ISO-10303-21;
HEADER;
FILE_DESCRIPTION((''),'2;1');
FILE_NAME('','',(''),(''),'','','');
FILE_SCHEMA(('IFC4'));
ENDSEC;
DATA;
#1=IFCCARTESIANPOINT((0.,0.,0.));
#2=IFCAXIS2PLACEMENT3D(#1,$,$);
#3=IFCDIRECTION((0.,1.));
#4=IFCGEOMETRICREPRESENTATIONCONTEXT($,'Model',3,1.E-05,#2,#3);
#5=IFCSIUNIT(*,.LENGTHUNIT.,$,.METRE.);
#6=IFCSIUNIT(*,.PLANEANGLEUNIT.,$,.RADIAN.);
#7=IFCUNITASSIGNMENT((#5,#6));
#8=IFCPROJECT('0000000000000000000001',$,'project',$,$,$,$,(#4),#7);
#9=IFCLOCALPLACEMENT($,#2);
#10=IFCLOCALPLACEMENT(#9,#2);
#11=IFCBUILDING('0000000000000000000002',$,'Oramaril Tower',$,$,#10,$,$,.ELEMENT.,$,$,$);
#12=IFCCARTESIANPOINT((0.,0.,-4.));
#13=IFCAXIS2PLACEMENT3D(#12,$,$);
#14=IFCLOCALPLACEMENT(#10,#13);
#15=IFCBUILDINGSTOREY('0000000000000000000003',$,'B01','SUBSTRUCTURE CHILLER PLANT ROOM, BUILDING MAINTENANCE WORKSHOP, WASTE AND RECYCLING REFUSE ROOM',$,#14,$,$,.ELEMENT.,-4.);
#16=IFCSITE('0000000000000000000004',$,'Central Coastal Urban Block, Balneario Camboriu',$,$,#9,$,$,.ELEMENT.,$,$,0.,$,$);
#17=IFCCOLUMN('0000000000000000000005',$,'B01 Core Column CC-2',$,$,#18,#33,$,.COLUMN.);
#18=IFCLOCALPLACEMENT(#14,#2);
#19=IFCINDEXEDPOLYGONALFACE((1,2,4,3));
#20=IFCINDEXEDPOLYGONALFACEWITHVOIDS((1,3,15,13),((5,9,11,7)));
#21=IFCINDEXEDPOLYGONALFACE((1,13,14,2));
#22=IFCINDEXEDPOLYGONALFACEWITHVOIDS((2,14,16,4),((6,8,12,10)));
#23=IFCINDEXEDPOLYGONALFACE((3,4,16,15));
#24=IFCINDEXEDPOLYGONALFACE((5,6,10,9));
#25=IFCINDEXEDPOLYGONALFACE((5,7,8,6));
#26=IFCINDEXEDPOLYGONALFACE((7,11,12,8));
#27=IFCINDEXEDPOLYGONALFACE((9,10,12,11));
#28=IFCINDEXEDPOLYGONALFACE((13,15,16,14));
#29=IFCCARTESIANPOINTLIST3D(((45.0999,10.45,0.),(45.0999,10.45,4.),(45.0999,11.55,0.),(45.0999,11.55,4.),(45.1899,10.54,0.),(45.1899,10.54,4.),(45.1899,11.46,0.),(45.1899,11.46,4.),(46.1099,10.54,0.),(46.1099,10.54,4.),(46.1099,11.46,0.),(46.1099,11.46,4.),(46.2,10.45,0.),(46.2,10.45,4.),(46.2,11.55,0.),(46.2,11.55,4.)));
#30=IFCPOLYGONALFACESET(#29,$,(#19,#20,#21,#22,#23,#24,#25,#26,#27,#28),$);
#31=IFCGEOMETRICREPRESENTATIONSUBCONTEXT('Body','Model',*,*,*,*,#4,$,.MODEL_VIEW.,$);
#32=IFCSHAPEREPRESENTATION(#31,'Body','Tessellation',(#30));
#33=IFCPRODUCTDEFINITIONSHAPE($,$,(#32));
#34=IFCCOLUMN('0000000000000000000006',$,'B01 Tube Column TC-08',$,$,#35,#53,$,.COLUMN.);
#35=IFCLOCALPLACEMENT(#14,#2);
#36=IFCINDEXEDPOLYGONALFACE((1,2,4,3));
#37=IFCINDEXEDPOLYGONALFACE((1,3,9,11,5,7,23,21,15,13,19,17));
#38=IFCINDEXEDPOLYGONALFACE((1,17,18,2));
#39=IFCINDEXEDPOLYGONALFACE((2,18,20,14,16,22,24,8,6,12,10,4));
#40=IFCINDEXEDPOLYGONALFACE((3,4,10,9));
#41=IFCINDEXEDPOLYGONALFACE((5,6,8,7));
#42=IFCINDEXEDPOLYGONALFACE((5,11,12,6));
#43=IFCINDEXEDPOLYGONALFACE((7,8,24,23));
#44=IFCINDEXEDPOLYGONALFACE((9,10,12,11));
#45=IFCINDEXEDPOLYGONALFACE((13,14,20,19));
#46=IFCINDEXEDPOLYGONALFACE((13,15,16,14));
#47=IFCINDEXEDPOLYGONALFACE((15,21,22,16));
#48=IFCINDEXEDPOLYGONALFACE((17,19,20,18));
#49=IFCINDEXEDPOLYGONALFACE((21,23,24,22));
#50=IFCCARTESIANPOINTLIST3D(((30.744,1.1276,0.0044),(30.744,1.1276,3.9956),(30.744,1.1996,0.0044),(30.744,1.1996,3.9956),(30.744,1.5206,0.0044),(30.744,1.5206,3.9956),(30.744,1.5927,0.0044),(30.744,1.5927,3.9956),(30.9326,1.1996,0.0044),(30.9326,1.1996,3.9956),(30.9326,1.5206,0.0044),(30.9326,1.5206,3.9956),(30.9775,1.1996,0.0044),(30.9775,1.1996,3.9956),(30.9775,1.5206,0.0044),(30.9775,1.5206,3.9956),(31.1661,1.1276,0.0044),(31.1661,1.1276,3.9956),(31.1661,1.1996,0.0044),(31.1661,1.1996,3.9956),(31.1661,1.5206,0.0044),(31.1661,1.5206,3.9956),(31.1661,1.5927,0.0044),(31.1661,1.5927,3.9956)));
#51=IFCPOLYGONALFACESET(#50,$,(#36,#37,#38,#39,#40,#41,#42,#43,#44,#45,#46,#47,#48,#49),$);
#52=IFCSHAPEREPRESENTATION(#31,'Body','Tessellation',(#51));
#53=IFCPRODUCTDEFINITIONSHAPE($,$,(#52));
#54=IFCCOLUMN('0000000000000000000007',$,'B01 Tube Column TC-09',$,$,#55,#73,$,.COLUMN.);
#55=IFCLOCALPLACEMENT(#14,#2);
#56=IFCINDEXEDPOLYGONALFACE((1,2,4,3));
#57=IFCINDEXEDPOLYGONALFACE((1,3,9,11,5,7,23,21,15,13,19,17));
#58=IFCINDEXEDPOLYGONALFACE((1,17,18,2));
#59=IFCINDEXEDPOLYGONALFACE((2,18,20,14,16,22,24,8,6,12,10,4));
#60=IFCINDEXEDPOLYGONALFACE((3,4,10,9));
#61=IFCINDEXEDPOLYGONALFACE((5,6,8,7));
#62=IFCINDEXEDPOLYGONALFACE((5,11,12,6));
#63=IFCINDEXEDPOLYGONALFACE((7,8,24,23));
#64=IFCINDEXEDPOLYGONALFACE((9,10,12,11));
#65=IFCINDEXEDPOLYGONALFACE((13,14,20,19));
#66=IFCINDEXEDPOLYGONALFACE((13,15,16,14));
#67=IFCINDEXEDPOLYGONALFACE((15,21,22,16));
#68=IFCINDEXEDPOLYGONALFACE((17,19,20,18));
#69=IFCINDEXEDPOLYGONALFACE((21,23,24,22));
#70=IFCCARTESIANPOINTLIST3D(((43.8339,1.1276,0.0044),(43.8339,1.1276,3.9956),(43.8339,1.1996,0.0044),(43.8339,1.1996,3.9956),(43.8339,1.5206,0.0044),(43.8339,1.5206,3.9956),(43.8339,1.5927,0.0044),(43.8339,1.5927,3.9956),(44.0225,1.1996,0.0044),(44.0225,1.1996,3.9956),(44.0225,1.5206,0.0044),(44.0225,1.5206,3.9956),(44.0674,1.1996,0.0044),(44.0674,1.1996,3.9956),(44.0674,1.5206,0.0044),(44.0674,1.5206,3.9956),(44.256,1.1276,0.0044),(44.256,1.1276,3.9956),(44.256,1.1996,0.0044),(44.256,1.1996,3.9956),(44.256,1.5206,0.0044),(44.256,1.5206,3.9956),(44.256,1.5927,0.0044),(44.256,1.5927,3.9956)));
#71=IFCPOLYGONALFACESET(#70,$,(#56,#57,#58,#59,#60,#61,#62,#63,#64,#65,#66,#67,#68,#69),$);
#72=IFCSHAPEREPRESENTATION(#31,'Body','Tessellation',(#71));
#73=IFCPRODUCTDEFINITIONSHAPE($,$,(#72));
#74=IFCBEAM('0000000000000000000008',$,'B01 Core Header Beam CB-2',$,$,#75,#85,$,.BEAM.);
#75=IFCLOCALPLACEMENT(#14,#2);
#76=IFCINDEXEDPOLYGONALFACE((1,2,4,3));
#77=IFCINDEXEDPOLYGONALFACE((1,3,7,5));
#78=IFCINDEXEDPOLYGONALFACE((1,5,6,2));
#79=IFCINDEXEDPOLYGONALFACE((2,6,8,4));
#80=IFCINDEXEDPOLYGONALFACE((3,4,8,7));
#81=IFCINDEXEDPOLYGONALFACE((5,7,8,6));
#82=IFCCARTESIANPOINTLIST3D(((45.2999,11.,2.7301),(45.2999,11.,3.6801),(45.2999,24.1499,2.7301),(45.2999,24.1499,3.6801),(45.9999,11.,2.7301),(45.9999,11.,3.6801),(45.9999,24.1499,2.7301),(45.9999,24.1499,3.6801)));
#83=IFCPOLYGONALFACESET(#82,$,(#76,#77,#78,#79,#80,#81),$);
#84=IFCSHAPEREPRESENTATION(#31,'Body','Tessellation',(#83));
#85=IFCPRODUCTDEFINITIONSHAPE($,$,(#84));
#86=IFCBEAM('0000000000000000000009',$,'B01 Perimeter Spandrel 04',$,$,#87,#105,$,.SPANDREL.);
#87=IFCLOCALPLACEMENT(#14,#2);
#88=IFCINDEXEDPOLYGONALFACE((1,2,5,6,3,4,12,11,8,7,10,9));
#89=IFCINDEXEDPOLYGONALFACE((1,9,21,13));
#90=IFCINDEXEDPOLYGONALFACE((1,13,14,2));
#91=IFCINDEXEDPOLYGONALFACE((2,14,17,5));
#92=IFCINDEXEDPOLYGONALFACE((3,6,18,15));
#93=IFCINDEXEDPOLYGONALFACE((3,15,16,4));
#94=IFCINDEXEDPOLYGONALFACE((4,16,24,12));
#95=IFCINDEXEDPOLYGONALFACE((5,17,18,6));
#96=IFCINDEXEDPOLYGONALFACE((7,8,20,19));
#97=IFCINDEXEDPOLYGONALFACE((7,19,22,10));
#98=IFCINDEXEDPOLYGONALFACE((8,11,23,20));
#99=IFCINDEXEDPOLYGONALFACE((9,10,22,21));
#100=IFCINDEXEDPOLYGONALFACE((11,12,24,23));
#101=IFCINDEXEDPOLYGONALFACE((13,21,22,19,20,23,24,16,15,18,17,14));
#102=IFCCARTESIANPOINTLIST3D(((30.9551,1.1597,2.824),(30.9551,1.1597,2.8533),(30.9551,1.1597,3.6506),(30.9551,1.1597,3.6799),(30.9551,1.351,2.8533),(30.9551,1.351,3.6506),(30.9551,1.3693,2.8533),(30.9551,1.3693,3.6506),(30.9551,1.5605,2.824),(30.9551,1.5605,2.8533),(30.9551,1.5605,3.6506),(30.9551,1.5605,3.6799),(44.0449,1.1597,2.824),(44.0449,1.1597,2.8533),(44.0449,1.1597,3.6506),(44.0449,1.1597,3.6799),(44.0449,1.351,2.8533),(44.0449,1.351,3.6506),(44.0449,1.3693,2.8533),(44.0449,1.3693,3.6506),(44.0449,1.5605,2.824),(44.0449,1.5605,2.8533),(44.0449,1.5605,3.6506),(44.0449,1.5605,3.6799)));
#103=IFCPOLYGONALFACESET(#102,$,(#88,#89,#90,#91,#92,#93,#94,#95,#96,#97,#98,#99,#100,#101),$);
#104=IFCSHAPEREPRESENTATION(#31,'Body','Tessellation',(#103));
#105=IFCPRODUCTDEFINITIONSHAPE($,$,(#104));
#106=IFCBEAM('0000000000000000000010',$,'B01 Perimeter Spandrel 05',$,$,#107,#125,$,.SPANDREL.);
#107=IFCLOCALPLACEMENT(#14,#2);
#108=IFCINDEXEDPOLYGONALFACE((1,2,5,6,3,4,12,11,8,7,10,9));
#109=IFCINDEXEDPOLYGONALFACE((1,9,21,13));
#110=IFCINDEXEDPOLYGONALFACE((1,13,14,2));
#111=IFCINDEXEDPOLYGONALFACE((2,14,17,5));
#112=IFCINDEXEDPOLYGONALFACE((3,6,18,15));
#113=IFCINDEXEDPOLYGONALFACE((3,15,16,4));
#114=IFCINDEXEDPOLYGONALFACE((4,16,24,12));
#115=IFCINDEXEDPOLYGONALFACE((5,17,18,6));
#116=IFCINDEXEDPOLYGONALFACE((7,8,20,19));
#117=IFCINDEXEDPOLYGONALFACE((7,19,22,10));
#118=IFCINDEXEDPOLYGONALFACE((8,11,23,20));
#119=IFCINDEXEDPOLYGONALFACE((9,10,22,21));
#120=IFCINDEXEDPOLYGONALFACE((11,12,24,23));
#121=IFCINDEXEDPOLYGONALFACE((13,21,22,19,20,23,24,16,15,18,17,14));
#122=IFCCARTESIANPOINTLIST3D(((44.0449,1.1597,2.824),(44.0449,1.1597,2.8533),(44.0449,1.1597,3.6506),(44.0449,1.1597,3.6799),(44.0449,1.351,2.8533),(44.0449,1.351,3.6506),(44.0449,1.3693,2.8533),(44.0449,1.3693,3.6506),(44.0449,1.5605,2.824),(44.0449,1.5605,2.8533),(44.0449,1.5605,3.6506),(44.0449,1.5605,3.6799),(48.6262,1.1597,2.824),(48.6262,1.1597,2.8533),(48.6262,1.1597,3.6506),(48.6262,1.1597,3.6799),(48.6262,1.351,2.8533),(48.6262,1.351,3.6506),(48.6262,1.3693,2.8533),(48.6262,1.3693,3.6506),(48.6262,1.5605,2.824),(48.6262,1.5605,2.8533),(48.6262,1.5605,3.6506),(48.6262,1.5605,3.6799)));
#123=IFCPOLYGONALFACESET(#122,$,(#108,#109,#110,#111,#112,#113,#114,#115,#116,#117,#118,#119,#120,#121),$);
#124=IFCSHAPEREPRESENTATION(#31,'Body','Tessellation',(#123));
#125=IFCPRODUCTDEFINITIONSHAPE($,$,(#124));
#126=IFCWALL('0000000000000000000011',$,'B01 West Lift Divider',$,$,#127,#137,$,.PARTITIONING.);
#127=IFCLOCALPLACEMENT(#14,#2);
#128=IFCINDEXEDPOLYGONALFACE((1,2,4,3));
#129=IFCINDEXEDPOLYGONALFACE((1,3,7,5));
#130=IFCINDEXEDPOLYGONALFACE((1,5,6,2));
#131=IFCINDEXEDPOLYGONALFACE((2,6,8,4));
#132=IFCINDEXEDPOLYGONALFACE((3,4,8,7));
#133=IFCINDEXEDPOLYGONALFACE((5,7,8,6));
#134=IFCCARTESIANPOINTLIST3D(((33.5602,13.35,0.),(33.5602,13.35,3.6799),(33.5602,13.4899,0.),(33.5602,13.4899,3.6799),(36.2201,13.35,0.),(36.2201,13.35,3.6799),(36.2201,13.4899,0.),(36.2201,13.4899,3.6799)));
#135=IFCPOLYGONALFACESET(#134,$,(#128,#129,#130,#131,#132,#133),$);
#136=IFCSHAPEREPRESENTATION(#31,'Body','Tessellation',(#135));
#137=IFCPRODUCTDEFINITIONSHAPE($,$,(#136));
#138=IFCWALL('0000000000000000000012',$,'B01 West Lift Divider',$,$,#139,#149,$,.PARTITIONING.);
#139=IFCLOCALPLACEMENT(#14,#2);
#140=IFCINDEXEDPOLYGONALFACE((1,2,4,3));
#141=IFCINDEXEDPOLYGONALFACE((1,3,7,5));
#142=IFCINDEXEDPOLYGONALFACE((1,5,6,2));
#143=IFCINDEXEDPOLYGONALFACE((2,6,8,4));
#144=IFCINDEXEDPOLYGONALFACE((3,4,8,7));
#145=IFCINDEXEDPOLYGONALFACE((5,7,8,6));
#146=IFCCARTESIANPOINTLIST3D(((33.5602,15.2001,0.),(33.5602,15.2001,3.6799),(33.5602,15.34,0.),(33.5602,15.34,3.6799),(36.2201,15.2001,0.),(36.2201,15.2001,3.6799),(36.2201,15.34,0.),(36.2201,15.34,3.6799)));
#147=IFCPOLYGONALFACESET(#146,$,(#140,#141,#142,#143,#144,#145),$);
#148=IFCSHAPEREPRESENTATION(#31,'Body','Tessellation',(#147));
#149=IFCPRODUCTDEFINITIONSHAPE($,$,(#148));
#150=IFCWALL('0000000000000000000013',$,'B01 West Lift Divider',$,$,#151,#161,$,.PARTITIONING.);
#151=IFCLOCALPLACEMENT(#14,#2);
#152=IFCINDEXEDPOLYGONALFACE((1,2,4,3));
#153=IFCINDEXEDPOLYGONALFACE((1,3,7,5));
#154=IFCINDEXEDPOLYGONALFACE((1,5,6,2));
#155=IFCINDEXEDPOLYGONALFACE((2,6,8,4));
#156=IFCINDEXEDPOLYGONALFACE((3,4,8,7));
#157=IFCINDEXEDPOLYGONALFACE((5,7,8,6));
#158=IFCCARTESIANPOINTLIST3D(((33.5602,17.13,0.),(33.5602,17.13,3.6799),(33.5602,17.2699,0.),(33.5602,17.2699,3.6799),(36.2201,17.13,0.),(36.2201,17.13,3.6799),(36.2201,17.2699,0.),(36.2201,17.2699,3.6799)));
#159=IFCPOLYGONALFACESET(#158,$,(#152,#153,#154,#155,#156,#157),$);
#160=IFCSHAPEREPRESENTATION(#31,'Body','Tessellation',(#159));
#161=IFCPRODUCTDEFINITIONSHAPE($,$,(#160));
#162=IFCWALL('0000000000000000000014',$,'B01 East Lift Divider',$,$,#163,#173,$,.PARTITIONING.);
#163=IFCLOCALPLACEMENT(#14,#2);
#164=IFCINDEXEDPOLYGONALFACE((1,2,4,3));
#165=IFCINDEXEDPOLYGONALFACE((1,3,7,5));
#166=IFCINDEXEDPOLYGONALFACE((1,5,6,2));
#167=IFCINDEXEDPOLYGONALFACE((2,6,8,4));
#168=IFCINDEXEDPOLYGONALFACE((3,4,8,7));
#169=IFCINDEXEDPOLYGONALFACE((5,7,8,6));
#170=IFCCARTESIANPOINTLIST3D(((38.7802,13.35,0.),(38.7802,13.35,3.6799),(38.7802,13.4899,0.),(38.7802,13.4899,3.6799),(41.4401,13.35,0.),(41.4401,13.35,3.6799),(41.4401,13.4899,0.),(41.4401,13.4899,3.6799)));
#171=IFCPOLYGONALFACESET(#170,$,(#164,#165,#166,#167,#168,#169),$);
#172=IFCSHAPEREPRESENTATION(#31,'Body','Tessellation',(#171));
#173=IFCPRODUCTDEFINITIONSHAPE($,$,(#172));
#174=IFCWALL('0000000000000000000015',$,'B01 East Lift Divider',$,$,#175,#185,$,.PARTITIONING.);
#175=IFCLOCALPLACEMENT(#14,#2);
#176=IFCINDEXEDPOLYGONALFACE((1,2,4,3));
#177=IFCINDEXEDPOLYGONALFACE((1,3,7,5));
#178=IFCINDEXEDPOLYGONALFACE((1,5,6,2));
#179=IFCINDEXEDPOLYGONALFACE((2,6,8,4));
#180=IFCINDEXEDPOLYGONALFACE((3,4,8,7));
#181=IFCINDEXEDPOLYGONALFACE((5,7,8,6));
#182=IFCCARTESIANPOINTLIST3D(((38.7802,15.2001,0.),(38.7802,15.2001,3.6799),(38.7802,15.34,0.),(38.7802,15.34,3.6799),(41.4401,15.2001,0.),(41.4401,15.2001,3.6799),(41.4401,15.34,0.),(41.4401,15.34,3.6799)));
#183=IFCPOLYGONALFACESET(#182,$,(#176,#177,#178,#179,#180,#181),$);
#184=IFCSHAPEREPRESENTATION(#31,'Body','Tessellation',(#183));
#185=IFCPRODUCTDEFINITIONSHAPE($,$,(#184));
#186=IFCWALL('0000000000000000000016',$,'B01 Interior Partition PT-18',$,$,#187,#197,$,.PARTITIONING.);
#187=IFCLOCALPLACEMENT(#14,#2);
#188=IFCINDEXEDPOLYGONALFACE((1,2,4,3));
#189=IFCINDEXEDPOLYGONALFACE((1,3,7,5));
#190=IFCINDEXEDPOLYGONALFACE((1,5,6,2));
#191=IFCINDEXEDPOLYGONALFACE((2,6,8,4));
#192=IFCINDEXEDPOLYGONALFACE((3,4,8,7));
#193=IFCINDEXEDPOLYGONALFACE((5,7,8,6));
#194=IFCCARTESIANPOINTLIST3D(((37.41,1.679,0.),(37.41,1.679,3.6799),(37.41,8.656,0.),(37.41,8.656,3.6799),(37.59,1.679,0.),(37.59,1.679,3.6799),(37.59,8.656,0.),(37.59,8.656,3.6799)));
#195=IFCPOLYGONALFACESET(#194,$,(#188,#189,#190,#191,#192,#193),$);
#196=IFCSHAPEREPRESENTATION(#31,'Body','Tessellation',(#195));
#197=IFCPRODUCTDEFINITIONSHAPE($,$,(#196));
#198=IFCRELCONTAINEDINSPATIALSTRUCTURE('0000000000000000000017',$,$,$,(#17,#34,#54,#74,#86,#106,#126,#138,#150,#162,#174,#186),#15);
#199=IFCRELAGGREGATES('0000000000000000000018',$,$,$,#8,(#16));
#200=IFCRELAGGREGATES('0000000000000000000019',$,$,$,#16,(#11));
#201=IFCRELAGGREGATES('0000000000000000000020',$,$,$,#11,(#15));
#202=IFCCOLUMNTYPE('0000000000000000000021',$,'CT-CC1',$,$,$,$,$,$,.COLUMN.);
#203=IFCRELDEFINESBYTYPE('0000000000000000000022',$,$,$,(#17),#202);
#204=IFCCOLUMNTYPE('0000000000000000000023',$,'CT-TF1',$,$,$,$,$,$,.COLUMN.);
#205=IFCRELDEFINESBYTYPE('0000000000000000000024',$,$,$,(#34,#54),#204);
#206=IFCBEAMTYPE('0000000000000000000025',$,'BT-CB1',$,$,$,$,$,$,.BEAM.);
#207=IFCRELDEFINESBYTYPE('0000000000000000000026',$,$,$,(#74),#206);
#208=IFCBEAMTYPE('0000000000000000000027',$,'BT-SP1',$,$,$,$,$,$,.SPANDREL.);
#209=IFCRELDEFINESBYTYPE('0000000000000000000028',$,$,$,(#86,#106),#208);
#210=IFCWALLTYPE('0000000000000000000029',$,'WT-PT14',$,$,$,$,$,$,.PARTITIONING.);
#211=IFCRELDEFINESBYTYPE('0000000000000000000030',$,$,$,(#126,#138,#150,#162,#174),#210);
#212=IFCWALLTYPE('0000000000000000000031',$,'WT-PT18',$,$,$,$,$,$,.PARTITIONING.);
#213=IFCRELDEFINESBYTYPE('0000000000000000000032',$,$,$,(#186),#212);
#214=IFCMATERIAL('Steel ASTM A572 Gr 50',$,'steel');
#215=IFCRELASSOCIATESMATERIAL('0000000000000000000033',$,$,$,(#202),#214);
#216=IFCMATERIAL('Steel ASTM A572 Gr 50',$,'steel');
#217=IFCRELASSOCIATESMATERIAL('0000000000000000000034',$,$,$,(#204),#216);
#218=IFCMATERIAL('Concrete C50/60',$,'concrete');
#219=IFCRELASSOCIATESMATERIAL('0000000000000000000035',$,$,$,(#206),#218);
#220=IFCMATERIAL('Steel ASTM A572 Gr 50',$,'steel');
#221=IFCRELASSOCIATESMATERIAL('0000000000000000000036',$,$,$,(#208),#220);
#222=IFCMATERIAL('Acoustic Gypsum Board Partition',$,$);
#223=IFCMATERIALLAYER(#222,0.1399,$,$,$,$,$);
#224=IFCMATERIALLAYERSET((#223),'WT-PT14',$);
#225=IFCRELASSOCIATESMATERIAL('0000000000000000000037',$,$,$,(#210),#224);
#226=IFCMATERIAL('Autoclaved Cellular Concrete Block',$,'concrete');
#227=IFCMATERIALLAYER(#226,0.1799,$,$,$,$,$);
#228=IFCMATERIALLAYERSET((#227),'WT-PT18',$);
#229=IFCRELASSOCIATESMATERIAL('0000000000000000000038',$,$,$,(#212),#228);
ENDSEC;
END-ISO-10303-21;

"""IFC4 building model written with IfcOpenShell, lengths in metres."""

from ifc_helpers import new_model, si_unit, direction, frame, frame_2d, origin, origin_2d, place, context, subcontext, project, spatial, rectangle, hollow_rectangle, i_section, extrude, material, layer, layer_set, material_profile, profile_set, type_object, element, save


model = new_model("IFC4")

# Units and contexts
model_context = context("Model", 3, precision=1e-05, world=origin(), true_north=direction((0.0, 1.0)))
body_context = subcontext(model_context, "Body", "Model", "MODEL_VIEW")
ifc_project = project(units=[si_unit("LENGTHUNIT", "METRE"), si_unit("PLANEANGLEUNIT", "RADIAN")], contexts=[model_context])

# Site, building, storey
site_placement = place(None, origin())
site = spatial("IfcSite", under=ifc_project, at=site_placement, Name="Central Coastal Urban Block, Balneario Camboriu", CompositionType="ELEMENT", RefElevation=0.0)
building_placement = place(site_placement, origin())
building = spatial("IfcBuilding", under=site, at=building_placement, Name="Oramaril Tower", CompositionType="ELEMENT")
storey_placement = place(building_placement, frame((0.0, 0.0, -4.0)))
storey = spatial("IfcBuildingStorey", under=building, at=storey_placement, Name="B01", Description="SUBSTRUCTURE CHILLER PLANT ROOM, BUILDING MAINTENANCE WORKSHOP, WASTE AND RECYCLING REFUSE ROOM", CompositionType="ELEMENT", Elevation=-4.0)

# Columns
ifc_material_1 = material(Name="Steel ASTM A572 Gr 50", Category="steel")
ifc_material_profile_1 = material_profile(ifc_material_1, hollow_rectangle(XDim=1.1001, YDim=1.1001, WallThickness=0.0901, at=origin_2d()), Name="BOX1100X1100X90")
ifc_profile_set_1 = profile_set([ifc_material_profile_1], Name="Steel ASTM A572 Gr 50")
column_type_1 = type_object("IfcColumnType", Name="CT-CC1", PredefinedType="COLUMN", material=ifc_profile_set_1)
column_placement = place(storey_placement, frame((45.6499, 11.0, 0.0), z_axis=(0.0, 0.0, 1.0), x_axis=(1.0, 0.0, 0.0)))
element("IfcColumn", 1, at=column_placement, inside=storey, type_object=column_type_1, Name="B01 Core Column CC-2", PredefinedType="COLUMN", context=body_context, shape_type="SweptSolid", body=[
    extrude(hollow_rectangle(XDim=1.1001, YDim=1.1001, WallThickness=0.0901, at=origin_2d()), origin(), (0.0, 0.0, 1.0), 4.0),
])
ifc_material_2 = material(Name="Steel ASTM A572 Gr 50", Category="steel")
ifc_material_profile_2 = material_profile(ifc_material_2, i_section(OverallWidth=0.4221, OverallDepth=0.4651, WebThickness=0.0449, FlangeThickness=0.072, at=origin_2d()), Name="W14X398")
ifc_profile_set_2 = profile_set([ifc_material_profile_2], Name="Steel ASTM A572 Gr 50")
column_type_2 = type_object("IfcColumnType", Name="CT-TF1", PredefinedType="COLUMN", material=ifc_profile_set_2)
for number, where, z_axis, x_axis, name in (
    (2, (30.9551, 1.3601, 0.0044), (0.0, 0.0, 1.0), (1.0, 0.0, 0.0), "B01 Tube Column TC-08"),
    (3, (44.0449, 1.3601, 0.0044), (0.0, 0.0, 1.0), (1.0, 0.0, 0.0), "B01 Tube Column TC-09"),
):
    element("IfcColumn", number, at=place(storey_placement, frame(where, z_axis=z_axis, x_axis=x_axis)), inside=storey, type_object=column_type_2, Name=name, PredefinedType="COLUMN", context=body_context, shape_type="SweptSolid", body=[
        extrude(i_section(OverallWidth=0.4221, OverallDepth=0.4651, WebThickness=0.0449, FlangeThickness=0.072, at=origin_2d()), origin(), (0.0, 0.0, 1.0), 3.9912),
    ])

# Beams
ifc_material_3 = material(Name="Concrete C50/60", Category="concrete")
ifc_material_profile_3 = material_profile(ifc_material_3, rectangle(XDim=0.7, YDim=0.95, at=origin_2d()), Name="CB700X950")
ifc_profile_set_3 = profile_set([ifc_material_profile_3], Name="Concrete C50/60")
beam_type_1 = type_object("IfcBeamType", Name="BT-CB1", PredefinedType="BEAM", material=ifc_profile_set_3)
beam_1_placement = place(storey_placement, frame((45.6499, 11.0, 3.2051), z_axis=(0.0, 1.0, 0.0), x_axis=(-1.0, 0.0, 0.0)))
element("IfcBeam", 4, at=beam_1_placement, inside=storey, type_object=beam_type_1, Name="B01 Core Header Beam CB-2", PredefinedType="BEAM", context=body_context, shape_type="SweptSolid", body=[
    extrude(rectangle(XDim=0.7, YDim=0.95, at=origin_2d()), origin(), (0.0, 0.0, 1.0), 13.1499),
])
ifc_material_4 = material(Name="Steel ASTM A572 Gr 50", Category="steel")
ifc_material_profile_4 = material_profile(ifc_material_4, i_section(OverallWidth=0.4009, OverallDepth=0.856, WebThickness=0.0183, FlangeThickness=0.0293, at=origin_2d()), Name="W33X201")
ifc_profile_set_4 = profile_set([ifc_material_profile_4], Name="Steel ASTM A572 Gr 50")
beam_type_2 = type_object("IfcBeamType", Name="BT-SP1", PredefinedType="SPANDREL", material=ifc_profile_set_4)
beam_2_placement = place(storey_placement, frame((30.9551, 1.3601, 3.252), z_axis=(1.0, 0.0, 0.0), x_axis=(0.0, 1.0, 0.0)))
element("IfcBeam", 5, at=beam_2_placement, inside=storey, type_object=beam_type_2, Name="B01 Perimeter Spandrel 04", PredefinedType="SPANDREL", context=body_context, shape_type="SweptSolid", body=[
    extrude(i_section(OverallWidth=0.4009, OverallDepth=0.856, WebThickness=0.0183, FlangeThickness=0.0293, at=origin_2d()), origin(), (0.0, 0.0, 1.0), 13.0898),
])
beam_3_placement = place(storey_placement, frame((44.0449, 1.3601, 3.252), z_axis=(1.0, 0.0, 0.0), x_axis=(0.0, 1.0, 0.0)))
element("IfcBeam", 6, at=beam_3_placement, inside=storey, type_object=beam_type_2, Name="B01 Perimeter Spandrel 05", PredefinedType="SPANDREL", context=body_context, shape_type="SweptSolid", body=[
    extrude(i_section(OverallWidth=0.4009, OverallDepth=0.856, WebThickness=0.0183, FlangeThickness=0.0293, at=origin_2d()), origin(), (0.0, 0.0, 1.0), 4.5813),
])

# Walls
ifc_material_5 = material(Name="Acoustic Gypsum Board Partition")
ifc_layer_1 = layer(ifc_material_5, 0.1399)
ifc_layer_set_1 = layer_set([ifc_layer_1], Name="WT-PT14")
wall_type_1 = type_object("IfcWallType", Name="WT-PT14", PredefinedType="PARTITIONING", material=ifc_layer_set_1)
for number, where, z_axis, x_axis, name in (
    (7, (33.5601, 13.4199, 0.0), (0.0, 0.0, 1.0), (1.0, 0.0, 0.0), "B01 West Lift Divider"),
    (8, (33.5601, 15.27, 0.0), (0.0, 0.0, 1.0), (1.0, 0.0, 0.0), "B01 West Lift Divider"),
    (9, (33.5601, 17.2, 0.0), (0.0, 0.0, 1.0), (1.0, 0.0, 0.0), "B01 West Lift Divider"),
    (10, (38.78, 13.4199, 0.0), (0.0, 0.0, 1.0), (1.0, 0.0, 0.0), "B01 East Lift Divider"),
    (11, (38.78, 15.27, 0.0), (0.0, 0.0, 1.0), (1.0, 0.0, 0.0), "B01 East Lift Divider"),
):
    element("IfcWall", number, at=place(storey_placement, frame(where, z_axis=z_axis, x_axis=x_axis)), inside=storey, type_object=wall_type_1, Name=name, PredefinedType="PARTITIONING", context=body_context, shape_type="SweptSolid", body=[
        extrude(rectangle(XDim=2.6599, YDim=0.1399, at=frame_2d((1.3301, 0.0))), origin(), (0.0, 0.0, 1.0), 3.6799),
    ])
ifc_material_6 = material(Name="Autoclaved Cellular Concrete Block", Category="concrete")
ifc_layer_2 = layer(ifc_material_6, 0.1799)
ifc_layer_set_2 = layer_set([ifc_layer_2], Name="WT-PT18")
wall_type_2 = type_object("IfcWallType", Name="WT-PT18", PredefinedType="PARTITIONING", material=ifc_layer_set_2)
wall_1_placement = place(storey_placement, frame((37.5, 1.679, 0.0), z_axis=(0.0, 0.0, 1.0), x_axis=(0.0, 1.0, 0.0)))
element("IfcWall", 12, at=wall_1_placement, inside=storey, type_object=wall_type_2, Name="B01 Interior Partition PT-18", PredefinedType="PARTITIONING", context=body_context, shape_type="SweptSolid", body=[
    extrude(rectangle(XDim=6.9771, YDim=0.1799, at=frame_2d((3.4885, 0.0))), origin(), (0.0, 0.0, 1.0), 3.6799),
])

save(model, "model.ifc")
